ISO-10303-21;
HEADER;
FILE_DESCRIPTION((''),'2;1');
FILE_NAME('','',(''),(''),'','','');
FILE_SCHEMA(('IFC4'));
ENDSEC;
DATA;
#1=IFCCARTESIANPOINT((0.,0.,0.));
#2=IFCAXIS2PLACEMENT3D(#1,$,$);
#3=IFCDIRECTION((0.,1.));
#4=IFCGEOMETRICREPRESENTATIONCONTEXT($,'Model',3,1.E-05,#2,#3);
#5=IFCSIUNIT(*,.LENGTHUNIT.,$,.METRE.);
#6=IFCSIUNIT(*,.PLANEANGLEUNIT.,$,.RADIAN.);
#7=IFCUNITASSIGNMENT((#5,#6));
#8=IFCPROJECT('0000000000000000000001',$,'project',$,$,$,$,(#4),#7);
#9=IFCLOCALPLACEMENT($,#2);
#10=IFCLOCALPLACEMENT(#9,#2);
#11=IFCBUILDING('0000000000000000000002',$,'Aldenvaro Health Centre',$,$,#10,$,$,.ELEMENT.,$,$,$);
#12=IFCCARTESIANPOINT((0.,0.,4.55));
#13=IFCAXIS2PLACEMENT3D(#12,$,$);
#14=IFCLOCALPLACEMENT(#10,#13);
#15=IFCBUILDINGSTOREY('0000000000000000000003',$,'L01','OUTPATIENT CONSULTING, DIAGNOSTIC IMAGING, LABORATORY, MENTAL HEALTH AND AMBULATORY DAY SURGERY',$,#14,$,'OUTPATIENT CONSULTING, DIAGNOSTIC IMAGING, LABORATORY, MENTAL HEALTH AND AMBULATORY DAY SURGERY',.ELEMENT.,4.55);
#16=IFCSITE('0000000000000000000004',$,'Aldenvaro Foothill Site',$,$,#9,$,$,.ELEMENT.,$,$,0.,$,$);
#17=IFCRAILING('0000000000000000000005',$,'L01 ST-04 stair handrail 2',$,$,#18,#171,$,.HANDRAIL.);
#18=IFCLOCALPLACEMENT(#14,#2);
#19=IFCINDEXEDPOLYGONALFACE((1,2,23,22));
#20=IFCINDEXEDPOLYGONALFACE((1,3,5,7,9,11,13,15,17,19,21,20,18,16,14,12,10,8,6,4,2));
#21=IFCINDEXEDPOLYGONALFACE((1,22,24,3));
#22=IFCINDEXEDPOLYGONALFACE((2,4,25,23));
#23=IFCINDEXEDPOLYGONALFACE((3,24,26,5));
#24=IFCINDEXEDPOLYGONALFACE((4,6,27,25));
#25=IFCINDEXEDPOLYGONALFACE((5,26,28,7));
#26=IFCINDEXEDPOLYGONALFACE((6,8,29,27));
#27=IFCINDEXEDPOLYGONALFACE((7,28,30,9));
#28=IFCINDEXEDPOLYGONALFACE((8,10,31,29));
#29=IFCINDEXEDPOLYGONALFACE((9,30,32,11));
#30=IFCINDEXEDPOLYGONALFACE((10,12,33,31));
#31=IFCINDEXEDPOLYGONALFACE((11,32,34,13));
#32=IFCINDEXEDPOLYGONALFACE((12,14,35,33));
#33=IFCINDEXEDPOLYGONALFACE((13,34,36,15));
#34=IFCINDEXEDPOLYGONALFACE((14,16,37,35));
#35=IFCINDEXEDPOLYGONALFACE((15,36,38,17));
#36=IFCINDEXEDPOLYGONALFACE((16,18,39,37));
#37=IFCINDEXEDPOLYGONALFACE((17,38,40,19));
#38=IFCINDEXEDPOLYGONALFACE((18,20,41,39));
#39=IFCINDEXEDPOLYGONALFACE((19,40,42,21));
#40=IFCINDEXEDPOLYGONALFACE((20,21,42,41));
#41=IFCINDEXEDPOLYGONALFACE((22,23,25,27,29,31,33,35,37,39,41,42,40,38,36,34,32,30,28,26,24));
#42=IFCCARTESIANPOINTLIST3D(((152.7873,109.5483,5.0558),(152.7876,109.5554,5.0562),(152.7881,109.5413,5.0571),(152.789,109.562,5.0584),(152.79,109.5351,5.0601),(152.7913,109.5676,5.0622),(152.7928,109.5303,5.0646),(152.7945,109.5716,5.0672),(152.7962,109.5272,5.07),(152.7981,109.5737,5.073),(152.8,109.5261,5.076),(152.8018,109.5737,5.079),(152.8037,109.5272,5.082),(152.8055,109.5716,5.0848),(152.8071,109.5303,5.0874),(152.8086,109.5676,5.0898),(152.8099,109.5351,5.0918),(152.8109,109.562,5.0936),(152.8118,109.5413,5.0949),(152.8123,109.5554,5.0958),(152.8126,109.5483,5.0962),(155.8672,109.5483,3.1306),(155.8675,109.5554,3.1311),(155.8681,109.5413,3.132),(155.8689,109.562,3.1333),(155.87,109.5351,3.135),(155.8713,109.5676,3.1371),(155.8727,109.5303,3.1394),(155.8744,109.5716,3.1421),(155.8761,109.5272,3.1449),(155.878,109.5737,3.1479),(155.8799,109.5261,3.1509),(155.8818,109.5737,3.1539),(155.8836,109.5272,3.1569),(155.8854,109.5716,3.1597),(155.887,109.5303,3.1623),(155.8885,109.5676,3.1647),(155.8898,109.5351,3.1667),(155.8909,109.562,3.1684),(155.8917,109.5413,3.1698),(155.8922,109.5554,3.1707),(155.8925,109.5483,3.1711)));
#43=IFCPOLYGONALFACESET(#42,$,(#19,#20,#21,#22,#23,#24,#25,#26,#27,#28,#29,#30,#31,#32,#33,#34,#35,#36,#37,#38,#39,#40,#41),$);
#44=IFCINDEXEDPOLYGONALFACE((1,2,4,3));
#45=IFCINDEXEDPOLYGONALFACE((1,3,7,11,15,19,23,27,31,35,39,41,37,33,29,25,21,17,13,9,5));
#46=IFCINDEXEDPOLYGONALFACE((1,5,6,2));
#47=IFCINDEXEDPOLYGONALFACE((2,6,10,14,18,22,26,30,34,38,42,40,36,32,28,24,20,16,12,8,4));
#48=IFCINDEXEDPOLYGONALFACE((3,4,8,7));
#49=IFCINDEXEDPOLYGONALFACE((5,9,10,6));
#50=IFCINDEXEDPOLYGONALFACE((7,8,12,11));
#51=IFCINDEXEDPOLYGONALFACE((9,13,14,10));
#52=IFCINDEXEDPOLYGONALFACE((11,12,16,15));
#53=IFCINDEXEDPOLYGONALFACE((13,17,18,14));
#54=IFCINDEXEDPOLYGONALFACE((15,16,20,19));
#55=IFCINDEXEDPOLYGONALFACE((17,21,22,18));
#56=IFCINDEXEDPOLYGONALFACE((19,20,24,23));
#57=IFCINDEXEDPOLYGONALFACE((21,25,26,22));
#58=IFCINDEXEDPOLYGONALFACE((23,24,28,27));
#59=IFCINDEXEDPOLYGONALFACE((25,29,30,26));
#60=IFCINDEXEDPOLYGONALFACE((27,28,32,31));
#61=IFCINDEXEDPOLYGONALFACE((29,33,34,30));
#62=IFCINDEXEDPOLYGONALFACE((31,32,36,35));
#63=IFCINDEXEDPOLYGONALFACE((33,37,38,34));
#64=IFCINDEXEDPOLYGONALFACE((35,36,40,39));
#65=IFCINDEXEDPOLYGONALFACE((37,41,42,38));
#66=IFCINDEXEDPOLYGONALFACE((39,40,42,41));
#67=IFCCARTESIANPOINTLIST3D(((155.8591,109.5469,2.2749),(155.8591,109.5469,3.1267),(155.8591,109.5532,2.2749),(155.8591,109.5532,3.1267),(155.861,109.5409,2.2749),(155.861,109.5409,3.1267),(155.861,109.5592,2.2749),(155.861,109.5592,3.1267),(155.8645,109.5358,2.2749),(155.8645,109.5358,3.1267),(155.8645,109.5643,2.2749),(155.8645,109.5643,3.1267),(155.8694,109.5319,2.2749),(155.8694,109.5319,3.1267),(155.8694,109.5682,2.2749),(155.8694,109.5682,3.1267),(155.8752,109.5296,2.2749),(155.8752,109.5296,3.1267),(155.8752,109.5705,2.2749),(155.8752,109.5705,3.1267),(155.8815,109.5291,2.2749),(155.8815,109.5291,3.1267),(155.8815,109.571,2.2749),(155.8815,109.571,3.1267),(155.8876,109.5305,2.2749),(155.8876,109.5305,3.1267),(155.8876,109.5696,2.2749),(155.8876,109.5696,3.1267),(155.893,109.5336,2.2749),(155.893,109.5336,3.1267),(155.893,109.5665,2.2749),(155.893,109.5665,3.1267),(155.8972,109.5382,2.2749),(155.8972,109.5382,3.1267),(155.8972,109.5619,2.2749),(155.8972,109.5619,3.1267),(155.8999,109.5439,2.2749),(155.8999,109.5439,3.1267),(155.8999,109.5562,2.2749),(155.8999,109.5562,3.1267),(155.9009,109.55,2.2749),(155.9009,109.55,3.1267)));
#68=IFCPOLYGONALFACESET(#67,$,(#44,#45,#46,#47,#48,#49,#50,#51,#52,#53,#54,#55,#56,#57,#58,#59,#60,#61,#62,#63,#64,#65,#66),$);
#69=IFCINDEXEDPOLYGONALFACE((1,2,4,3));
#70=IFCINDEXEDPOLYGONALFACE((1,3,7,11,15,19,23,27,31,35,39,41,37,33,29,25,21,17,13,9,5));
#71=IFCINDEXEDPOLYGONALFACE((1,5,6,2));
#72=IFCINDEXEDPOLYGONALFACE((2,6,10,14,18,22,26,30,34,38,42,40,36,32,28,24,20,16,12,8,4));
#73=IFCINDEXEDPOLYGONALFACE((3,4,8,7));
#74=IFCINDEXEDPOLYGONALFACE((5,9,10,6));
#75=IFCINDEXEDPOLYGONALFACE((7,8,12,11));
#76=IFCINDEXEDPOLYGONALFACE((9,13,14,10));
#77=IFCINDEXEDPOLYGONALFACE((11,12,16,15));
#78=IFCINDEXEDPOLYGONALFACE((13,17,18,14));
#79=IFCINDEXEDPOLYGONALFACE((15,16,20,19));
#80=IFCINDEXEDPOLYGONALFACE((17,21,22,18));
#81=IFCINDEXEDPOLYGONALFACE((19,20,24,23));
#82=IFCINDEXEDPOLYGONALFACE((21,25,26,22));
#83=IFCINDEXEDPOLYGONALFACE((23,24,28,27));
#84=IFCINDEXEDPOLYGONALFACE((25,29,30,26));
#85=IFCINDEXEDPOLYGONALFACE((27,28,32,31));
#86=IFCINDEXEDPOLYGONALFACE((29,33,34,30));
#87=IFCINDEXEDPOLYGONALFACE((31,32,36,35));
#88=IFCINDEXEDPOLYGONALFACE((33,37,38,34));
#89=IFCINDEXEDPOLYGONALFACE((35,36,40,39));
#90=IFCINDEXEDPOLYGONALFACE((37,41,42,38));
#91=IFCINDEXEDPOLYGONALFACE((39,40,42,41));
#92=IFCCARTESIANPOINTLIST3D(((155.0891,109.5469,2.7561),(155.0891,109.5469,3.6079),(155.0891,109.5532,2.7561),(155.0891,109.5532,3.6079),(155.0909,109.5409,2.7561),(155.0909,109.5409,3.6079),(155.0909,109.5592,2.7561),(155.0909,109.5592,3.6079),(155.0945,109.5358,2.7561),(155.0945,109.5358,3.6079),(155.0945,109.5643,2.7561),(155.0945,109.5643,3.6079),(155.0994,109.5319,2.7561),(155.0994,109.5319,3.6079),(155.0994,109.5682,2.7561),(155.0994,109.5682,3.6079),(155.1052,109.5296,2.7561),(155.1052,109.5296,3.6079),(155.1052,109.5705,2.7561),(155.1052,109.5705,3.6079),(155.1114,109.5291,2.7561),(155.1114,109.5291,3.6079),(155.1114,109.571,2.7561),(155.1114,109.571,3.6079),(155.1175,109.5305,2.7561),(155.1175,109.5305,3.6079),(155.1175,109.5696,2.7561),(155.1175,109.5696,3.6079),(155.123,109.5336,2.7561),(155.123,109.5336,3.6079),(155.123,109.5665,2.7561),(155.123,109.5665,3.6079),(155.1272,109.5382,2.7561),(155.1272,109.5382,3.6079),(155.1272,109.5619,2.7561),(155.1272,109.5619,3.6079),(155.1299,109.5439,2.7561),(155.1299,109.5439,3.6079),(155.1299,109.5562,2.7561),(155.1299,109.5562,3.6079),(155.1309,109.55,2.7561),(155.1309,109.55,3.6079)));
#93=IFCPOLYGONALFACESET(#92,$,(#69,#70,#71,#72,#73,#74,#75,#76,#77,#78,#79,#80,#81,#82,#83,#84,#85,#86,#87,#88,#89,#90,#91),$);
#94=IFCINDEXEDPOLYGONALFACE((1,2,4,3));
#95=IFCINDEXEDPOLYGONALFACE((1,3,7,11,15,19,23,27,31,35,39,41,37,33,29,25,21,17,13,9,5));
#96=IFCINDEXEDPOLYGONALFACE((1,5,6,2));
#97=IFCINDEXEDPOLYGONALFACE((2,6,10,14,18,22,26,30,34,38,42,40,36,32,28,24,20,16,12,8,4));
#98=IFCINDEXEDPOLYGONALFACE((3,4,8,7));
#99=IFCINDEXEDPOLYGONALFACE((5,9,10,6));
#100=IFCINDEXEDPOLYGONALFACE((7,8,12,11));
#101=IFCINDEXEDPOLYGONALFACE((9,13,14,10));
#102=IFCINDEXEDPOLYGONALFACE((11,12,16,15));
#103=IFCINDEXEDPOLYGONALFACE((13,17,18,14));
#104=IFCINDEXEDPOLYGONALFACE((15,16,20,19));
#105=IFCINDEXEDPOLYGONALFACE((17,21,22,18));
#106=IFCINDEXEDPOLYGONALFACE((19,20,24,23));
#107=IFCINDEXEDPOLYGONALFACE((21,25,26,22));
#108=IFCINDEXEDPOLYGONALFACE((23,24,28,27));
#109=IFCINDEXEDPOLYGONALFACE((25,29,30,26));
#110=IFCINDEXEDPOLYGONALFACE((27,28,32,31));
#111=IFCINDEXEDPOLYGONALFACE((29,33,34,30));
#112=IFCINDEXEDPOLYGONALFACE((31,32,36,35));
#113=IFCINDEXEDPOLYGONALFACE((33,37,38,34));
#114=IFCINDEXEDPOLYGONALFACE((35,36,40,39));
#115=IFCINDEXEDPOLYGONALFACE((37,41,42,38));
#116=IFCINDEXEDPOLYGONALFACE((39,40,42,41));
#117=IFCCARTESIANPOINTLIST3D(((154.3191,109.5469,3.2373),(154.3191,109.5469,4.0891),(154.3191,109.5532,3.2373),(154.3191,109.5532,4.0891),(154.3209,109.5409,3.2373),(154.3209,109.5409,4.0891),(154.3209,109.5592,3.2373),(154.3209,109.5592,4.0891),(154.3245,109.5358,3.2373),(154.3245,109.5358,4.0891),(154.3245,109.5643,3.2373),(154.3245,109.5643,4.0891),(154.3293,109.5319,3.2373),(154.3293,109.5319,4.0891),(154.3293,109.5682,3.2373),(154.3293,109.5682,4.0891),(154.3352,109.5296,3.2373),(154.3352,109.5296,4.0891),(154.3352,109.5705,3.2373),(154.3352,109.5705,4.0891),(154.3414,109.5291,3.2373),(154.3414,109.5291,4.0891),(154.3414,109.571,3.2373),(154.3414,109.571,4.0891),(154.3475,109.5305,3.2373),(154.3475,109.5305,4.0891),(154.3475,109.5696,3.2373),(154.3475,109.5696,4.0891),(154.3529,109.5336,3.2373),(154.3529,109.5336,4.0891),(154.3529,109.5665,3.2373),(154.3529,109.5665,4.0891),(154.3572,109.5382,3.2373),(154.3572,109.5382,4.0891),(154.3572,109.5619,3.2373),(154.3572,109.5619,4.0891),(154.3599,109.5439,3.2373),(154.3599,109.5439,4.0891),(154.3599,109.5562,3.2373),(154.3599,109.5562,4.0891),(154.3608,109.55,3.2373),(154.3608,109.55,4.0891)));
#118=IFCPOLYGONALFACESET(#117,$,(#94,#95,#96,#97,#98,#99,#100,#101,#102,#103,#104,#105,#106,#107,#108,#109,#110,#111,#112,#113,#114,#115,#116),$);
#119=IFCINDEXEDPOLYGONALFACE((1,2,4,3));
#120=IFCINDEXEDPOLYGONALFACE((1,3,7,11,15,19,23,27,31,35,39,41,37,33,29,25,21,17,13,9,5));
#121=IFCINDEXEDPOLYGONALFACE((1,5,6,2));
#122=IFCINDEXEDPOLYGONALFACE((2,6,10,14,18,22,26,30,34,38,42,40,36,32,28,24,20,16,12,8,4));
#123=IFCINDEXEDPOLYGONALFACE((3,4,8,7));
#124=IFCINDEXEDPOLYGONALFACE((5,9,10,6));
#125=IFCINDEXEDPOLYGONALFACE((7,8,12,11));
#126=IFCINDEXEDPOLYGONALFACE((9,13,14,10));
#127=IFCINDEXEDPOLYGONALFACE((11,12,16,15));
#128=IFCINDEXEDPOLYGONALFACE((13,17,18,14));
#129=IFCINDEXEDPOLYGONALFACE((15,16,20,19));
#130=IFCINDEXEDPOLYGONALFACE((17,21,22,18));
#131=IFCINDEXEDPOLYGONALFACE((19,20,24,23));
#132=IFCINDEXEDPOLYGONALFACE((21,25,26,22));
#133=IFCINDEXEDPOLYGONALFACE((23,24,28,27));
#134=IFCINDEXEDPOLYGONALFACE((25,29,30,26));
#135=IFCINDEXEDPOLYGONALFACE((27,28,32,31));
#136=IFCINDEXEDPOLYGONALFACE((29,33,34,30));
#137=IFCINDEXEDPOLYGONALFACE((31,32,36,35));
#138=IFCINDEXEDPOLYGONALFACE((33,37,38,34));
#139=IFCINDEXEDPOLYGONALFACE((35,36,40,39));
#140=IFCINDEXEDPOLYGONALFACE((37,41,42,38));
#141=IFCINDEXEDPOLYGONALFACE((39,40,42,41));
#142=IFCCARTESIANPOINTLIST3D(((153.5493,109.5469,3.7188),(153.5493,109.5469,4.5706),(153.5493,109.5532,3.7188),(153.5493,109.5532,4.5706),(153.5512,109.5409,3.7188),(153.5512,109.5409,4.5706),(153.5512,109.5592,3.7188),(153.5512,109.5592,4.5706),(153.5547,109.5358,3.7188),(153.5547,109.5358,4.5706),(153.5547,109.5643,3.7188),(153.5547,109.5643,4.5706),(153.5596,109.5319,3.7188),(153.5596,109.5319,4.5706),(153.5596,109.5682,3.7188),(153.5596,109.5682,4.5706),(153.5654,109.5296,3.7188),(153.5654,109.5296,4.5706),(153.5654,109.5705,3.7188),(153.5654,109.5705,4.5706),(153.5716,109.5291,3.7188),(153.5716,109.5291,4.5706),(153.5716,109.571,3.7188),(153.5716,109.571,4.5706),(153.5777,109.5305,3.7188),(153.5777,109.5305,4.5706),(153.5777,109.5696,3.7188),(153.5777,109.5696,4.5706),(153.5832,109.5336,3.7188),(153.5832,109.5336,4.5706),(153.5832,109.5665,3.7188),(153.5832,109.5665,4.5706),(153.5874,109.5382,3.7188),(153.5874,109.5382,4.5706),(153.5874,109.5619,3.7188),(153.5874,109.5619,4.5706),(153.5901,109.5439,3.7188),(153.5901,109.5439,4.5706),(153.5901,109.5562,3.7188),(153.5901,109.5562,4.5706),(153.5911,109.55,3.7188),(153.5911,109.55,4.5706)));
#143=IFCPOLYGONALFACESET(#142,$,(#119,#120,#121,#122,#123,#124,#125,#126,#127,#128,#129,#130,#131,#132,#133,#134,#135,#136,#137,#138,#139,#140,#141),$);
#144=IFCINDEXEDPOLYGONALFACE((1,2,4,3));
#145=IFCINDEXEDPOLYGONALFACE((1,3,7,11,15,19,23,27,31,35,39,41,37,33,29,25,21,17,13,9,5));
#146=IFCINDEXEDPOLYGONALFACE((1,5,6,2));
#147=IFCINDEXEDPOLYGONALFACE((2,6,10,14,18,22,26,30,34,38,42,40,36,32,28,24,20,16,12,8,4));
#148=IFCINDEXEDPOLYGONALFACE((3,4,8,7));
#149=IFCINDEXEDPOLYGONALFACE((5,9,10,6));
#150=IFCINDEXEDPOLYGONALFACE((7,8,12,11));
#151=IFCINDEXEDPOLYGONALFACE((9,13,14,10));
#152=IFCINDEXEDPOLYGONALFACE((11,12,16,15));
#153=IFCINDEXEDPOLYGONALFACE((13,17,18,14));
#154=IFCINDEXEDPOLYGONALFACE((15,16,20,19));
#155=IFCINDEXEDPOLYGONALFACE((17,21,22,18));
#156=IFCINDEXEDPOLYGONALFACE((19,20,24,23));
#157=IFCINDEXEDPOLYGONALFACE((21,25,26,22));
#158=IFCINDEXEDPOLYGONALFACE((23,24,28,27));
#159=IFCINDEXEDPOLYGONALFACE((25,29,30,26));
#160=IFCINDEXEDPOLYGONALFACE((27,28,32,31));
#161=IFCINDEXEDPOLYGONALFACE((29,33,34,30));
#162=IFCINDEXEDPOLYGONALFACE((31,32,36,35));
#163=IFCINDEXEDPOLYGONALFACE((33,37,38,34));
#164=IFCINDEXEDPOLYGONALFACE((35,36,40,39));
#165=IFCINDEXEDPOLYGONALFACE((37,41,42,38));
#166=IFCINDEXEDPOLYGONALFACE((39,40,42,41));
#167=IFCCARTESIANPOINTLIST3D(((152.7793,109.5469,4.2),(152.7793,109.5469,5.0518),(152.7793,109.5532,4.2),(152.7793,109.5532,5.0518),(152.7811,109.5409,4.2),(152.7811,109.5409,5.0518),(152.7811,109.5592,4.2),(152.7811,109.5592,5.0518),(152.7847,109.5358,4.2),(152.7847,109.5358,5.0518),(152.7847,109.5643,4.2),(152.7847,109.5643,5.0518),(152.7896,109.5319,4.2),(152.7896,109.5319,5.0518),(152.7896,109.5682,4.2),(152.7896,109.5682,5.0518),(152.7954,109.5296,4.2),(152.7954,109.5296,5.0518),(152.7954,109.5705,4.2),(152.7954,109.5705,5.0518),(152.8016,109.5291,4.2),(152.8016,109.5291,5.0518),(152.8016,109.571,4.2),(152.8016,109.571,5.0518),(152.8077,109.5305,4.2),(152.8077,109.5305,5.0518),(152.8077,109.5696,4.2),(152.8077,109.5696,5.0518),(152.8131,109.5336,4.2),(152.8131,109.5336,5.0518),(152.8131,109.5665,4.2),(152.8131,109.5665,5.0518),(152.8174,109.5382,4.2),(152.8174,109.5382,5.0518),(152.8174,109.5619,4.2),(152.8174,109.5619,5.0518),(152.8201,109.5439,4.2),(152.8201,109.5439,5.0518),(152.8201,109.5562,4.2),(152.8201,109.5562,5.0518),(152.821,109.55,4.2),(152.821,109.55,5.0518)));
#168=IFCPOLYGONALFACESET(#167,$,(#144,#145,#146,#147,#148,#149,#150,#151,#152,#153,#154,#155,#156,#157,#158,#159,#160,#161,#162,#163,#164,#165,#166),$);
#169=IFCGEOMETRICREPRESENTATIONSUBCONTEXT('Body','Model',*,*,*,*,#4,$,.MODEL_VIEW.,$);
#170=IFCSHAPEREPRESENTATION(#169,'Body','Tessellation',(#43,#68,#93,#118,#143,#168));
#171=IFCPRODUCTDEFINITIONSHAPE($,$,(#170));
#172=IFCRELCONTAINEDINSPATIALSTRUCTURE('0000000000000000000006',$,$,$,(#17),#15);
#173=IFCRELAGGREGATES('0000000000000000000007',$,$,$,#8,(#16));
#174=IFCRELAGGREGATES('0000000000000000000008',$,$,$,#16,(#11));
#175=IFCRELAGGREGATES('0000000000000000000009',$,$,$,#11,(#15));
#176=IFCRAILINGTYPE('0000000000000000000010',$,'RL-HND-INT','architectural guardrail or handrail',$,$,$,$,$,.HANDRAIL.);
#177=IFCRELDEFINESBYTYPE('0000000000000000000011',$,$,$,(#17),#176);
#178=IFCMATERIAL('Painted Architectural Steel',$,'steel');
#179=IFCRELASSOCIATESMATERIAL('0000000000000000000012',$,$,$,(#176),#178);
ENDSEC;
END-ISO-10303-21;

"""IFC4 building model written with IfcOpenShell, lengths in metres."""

from ifc_helpers import new_model, si_unit, direction, frame, origin, origin_2d, place, context, subcontext, project, spatial, circle, extrude, material, type_object, element, save


model = new_model("IFC4")

# Units and contexts
model_context = context("Model", 3, precision=1e-05, world=origin(), true_north=direction((0.0, 1.0)))
body_context = subcontext(model_context, "Body", "Model", "MODEL_VIEW")
ifc_project = project(units=[si_unit("LENGTHUNIT", "METRE"), si_unit("PLANEANGLEUNIT", "RADIAN")], contexts=[model_context])

# Site, building, storey
site_placement = place(None, origin())
site = spatial("IfcSite", under=ifc_project, at=site_placement, Name="Aldenvaro Foothill Site", CompositionType="ELEMENT", RefElevation=0.0)
building_placement = place(site_placement, origin())
building = spatial("IfcBuilding", under=site, at=building_placement, Name="Aldenvaro Health Centre", CompositionType="ELEMENT")
storey_placement = place(building_placement, frame((0.0, 0.0, 4.55)))
storey = spatial("IfcBuildingStorey", under=building, at=storey_placement, Name="L01", Description="OUTPATIENT CONSULTING, DIAGNOSTIC IMAGING, LABORATORY, MENTAL HEALTH AND AMBULATORY DAY SURGERY", LongName="OUTPATIENT CONSULTING, DIAGNOSTIC IMAGING, LABORATORY, MENTAL HEALTH AND AMBULATORY DAY SURGERY", CompositionType="ELEMENT", Elevation=4.55)

# Railing
ifc_material_1 = material(Name="Painted Architectural Steel", Category="steel")
railing_type_1 = type_object("IfcRailingType", Name="RL-HND-INT", Description="architectural guardrail or handrail", PredefinedType="HANDRAIL", material=ifc_material_1)
railing_1_placement = place(storey_placement, frame((155.8799, 109.55, 2.2749)))
element("IfcRailing", 1, at=railing_1_placement, inside=storey, type_object=railing_type_1, Name="L01 ST-04 stair handrail 2", PredefinedType="HANDRAIL", context=body_context, shape_type="SweptSolid", body=[
    extrude(circle(Radius=0.0239, at=origin_2d()), frame((0.0, 0.0, 0.876), z_axis=(-0.847979, 0.0, 0.530029), x_axis=(0.0, -1.0, 0.0)), (0.0, 0.0, 1.0), 3.6321),
    extrude(circle(Radius=0.021, at=origin_2d()), origin(), (0.0, 0.0, 1.0), 0.8518),
    extrude(circle(Radius=0.021, at=origin_2d()), frame((-0.77, 0.0, 0.4812)), (0.0, 0.0, 1.0), 0.8518),
    extrude(circle(Radius=0.021, at=origin_2d()), frame((-1.54, 0.0, 0.9624)), (0.0, 0.0, 1.0), 0.8518),
    extrude(circle(Radius=0.021, at=origin_2d()), frame((-2.3098, 0.0, 1.4438)), (0.0, 0.0, 1.0), 0.8518),
    extrude(circle(Radius=0.021, at=origin_2d()), frame((-3.0798, 0.0, 1.925)), (0.0, 0.0, 1.0), 0.8518),
])

save(model, "model.ifc")
